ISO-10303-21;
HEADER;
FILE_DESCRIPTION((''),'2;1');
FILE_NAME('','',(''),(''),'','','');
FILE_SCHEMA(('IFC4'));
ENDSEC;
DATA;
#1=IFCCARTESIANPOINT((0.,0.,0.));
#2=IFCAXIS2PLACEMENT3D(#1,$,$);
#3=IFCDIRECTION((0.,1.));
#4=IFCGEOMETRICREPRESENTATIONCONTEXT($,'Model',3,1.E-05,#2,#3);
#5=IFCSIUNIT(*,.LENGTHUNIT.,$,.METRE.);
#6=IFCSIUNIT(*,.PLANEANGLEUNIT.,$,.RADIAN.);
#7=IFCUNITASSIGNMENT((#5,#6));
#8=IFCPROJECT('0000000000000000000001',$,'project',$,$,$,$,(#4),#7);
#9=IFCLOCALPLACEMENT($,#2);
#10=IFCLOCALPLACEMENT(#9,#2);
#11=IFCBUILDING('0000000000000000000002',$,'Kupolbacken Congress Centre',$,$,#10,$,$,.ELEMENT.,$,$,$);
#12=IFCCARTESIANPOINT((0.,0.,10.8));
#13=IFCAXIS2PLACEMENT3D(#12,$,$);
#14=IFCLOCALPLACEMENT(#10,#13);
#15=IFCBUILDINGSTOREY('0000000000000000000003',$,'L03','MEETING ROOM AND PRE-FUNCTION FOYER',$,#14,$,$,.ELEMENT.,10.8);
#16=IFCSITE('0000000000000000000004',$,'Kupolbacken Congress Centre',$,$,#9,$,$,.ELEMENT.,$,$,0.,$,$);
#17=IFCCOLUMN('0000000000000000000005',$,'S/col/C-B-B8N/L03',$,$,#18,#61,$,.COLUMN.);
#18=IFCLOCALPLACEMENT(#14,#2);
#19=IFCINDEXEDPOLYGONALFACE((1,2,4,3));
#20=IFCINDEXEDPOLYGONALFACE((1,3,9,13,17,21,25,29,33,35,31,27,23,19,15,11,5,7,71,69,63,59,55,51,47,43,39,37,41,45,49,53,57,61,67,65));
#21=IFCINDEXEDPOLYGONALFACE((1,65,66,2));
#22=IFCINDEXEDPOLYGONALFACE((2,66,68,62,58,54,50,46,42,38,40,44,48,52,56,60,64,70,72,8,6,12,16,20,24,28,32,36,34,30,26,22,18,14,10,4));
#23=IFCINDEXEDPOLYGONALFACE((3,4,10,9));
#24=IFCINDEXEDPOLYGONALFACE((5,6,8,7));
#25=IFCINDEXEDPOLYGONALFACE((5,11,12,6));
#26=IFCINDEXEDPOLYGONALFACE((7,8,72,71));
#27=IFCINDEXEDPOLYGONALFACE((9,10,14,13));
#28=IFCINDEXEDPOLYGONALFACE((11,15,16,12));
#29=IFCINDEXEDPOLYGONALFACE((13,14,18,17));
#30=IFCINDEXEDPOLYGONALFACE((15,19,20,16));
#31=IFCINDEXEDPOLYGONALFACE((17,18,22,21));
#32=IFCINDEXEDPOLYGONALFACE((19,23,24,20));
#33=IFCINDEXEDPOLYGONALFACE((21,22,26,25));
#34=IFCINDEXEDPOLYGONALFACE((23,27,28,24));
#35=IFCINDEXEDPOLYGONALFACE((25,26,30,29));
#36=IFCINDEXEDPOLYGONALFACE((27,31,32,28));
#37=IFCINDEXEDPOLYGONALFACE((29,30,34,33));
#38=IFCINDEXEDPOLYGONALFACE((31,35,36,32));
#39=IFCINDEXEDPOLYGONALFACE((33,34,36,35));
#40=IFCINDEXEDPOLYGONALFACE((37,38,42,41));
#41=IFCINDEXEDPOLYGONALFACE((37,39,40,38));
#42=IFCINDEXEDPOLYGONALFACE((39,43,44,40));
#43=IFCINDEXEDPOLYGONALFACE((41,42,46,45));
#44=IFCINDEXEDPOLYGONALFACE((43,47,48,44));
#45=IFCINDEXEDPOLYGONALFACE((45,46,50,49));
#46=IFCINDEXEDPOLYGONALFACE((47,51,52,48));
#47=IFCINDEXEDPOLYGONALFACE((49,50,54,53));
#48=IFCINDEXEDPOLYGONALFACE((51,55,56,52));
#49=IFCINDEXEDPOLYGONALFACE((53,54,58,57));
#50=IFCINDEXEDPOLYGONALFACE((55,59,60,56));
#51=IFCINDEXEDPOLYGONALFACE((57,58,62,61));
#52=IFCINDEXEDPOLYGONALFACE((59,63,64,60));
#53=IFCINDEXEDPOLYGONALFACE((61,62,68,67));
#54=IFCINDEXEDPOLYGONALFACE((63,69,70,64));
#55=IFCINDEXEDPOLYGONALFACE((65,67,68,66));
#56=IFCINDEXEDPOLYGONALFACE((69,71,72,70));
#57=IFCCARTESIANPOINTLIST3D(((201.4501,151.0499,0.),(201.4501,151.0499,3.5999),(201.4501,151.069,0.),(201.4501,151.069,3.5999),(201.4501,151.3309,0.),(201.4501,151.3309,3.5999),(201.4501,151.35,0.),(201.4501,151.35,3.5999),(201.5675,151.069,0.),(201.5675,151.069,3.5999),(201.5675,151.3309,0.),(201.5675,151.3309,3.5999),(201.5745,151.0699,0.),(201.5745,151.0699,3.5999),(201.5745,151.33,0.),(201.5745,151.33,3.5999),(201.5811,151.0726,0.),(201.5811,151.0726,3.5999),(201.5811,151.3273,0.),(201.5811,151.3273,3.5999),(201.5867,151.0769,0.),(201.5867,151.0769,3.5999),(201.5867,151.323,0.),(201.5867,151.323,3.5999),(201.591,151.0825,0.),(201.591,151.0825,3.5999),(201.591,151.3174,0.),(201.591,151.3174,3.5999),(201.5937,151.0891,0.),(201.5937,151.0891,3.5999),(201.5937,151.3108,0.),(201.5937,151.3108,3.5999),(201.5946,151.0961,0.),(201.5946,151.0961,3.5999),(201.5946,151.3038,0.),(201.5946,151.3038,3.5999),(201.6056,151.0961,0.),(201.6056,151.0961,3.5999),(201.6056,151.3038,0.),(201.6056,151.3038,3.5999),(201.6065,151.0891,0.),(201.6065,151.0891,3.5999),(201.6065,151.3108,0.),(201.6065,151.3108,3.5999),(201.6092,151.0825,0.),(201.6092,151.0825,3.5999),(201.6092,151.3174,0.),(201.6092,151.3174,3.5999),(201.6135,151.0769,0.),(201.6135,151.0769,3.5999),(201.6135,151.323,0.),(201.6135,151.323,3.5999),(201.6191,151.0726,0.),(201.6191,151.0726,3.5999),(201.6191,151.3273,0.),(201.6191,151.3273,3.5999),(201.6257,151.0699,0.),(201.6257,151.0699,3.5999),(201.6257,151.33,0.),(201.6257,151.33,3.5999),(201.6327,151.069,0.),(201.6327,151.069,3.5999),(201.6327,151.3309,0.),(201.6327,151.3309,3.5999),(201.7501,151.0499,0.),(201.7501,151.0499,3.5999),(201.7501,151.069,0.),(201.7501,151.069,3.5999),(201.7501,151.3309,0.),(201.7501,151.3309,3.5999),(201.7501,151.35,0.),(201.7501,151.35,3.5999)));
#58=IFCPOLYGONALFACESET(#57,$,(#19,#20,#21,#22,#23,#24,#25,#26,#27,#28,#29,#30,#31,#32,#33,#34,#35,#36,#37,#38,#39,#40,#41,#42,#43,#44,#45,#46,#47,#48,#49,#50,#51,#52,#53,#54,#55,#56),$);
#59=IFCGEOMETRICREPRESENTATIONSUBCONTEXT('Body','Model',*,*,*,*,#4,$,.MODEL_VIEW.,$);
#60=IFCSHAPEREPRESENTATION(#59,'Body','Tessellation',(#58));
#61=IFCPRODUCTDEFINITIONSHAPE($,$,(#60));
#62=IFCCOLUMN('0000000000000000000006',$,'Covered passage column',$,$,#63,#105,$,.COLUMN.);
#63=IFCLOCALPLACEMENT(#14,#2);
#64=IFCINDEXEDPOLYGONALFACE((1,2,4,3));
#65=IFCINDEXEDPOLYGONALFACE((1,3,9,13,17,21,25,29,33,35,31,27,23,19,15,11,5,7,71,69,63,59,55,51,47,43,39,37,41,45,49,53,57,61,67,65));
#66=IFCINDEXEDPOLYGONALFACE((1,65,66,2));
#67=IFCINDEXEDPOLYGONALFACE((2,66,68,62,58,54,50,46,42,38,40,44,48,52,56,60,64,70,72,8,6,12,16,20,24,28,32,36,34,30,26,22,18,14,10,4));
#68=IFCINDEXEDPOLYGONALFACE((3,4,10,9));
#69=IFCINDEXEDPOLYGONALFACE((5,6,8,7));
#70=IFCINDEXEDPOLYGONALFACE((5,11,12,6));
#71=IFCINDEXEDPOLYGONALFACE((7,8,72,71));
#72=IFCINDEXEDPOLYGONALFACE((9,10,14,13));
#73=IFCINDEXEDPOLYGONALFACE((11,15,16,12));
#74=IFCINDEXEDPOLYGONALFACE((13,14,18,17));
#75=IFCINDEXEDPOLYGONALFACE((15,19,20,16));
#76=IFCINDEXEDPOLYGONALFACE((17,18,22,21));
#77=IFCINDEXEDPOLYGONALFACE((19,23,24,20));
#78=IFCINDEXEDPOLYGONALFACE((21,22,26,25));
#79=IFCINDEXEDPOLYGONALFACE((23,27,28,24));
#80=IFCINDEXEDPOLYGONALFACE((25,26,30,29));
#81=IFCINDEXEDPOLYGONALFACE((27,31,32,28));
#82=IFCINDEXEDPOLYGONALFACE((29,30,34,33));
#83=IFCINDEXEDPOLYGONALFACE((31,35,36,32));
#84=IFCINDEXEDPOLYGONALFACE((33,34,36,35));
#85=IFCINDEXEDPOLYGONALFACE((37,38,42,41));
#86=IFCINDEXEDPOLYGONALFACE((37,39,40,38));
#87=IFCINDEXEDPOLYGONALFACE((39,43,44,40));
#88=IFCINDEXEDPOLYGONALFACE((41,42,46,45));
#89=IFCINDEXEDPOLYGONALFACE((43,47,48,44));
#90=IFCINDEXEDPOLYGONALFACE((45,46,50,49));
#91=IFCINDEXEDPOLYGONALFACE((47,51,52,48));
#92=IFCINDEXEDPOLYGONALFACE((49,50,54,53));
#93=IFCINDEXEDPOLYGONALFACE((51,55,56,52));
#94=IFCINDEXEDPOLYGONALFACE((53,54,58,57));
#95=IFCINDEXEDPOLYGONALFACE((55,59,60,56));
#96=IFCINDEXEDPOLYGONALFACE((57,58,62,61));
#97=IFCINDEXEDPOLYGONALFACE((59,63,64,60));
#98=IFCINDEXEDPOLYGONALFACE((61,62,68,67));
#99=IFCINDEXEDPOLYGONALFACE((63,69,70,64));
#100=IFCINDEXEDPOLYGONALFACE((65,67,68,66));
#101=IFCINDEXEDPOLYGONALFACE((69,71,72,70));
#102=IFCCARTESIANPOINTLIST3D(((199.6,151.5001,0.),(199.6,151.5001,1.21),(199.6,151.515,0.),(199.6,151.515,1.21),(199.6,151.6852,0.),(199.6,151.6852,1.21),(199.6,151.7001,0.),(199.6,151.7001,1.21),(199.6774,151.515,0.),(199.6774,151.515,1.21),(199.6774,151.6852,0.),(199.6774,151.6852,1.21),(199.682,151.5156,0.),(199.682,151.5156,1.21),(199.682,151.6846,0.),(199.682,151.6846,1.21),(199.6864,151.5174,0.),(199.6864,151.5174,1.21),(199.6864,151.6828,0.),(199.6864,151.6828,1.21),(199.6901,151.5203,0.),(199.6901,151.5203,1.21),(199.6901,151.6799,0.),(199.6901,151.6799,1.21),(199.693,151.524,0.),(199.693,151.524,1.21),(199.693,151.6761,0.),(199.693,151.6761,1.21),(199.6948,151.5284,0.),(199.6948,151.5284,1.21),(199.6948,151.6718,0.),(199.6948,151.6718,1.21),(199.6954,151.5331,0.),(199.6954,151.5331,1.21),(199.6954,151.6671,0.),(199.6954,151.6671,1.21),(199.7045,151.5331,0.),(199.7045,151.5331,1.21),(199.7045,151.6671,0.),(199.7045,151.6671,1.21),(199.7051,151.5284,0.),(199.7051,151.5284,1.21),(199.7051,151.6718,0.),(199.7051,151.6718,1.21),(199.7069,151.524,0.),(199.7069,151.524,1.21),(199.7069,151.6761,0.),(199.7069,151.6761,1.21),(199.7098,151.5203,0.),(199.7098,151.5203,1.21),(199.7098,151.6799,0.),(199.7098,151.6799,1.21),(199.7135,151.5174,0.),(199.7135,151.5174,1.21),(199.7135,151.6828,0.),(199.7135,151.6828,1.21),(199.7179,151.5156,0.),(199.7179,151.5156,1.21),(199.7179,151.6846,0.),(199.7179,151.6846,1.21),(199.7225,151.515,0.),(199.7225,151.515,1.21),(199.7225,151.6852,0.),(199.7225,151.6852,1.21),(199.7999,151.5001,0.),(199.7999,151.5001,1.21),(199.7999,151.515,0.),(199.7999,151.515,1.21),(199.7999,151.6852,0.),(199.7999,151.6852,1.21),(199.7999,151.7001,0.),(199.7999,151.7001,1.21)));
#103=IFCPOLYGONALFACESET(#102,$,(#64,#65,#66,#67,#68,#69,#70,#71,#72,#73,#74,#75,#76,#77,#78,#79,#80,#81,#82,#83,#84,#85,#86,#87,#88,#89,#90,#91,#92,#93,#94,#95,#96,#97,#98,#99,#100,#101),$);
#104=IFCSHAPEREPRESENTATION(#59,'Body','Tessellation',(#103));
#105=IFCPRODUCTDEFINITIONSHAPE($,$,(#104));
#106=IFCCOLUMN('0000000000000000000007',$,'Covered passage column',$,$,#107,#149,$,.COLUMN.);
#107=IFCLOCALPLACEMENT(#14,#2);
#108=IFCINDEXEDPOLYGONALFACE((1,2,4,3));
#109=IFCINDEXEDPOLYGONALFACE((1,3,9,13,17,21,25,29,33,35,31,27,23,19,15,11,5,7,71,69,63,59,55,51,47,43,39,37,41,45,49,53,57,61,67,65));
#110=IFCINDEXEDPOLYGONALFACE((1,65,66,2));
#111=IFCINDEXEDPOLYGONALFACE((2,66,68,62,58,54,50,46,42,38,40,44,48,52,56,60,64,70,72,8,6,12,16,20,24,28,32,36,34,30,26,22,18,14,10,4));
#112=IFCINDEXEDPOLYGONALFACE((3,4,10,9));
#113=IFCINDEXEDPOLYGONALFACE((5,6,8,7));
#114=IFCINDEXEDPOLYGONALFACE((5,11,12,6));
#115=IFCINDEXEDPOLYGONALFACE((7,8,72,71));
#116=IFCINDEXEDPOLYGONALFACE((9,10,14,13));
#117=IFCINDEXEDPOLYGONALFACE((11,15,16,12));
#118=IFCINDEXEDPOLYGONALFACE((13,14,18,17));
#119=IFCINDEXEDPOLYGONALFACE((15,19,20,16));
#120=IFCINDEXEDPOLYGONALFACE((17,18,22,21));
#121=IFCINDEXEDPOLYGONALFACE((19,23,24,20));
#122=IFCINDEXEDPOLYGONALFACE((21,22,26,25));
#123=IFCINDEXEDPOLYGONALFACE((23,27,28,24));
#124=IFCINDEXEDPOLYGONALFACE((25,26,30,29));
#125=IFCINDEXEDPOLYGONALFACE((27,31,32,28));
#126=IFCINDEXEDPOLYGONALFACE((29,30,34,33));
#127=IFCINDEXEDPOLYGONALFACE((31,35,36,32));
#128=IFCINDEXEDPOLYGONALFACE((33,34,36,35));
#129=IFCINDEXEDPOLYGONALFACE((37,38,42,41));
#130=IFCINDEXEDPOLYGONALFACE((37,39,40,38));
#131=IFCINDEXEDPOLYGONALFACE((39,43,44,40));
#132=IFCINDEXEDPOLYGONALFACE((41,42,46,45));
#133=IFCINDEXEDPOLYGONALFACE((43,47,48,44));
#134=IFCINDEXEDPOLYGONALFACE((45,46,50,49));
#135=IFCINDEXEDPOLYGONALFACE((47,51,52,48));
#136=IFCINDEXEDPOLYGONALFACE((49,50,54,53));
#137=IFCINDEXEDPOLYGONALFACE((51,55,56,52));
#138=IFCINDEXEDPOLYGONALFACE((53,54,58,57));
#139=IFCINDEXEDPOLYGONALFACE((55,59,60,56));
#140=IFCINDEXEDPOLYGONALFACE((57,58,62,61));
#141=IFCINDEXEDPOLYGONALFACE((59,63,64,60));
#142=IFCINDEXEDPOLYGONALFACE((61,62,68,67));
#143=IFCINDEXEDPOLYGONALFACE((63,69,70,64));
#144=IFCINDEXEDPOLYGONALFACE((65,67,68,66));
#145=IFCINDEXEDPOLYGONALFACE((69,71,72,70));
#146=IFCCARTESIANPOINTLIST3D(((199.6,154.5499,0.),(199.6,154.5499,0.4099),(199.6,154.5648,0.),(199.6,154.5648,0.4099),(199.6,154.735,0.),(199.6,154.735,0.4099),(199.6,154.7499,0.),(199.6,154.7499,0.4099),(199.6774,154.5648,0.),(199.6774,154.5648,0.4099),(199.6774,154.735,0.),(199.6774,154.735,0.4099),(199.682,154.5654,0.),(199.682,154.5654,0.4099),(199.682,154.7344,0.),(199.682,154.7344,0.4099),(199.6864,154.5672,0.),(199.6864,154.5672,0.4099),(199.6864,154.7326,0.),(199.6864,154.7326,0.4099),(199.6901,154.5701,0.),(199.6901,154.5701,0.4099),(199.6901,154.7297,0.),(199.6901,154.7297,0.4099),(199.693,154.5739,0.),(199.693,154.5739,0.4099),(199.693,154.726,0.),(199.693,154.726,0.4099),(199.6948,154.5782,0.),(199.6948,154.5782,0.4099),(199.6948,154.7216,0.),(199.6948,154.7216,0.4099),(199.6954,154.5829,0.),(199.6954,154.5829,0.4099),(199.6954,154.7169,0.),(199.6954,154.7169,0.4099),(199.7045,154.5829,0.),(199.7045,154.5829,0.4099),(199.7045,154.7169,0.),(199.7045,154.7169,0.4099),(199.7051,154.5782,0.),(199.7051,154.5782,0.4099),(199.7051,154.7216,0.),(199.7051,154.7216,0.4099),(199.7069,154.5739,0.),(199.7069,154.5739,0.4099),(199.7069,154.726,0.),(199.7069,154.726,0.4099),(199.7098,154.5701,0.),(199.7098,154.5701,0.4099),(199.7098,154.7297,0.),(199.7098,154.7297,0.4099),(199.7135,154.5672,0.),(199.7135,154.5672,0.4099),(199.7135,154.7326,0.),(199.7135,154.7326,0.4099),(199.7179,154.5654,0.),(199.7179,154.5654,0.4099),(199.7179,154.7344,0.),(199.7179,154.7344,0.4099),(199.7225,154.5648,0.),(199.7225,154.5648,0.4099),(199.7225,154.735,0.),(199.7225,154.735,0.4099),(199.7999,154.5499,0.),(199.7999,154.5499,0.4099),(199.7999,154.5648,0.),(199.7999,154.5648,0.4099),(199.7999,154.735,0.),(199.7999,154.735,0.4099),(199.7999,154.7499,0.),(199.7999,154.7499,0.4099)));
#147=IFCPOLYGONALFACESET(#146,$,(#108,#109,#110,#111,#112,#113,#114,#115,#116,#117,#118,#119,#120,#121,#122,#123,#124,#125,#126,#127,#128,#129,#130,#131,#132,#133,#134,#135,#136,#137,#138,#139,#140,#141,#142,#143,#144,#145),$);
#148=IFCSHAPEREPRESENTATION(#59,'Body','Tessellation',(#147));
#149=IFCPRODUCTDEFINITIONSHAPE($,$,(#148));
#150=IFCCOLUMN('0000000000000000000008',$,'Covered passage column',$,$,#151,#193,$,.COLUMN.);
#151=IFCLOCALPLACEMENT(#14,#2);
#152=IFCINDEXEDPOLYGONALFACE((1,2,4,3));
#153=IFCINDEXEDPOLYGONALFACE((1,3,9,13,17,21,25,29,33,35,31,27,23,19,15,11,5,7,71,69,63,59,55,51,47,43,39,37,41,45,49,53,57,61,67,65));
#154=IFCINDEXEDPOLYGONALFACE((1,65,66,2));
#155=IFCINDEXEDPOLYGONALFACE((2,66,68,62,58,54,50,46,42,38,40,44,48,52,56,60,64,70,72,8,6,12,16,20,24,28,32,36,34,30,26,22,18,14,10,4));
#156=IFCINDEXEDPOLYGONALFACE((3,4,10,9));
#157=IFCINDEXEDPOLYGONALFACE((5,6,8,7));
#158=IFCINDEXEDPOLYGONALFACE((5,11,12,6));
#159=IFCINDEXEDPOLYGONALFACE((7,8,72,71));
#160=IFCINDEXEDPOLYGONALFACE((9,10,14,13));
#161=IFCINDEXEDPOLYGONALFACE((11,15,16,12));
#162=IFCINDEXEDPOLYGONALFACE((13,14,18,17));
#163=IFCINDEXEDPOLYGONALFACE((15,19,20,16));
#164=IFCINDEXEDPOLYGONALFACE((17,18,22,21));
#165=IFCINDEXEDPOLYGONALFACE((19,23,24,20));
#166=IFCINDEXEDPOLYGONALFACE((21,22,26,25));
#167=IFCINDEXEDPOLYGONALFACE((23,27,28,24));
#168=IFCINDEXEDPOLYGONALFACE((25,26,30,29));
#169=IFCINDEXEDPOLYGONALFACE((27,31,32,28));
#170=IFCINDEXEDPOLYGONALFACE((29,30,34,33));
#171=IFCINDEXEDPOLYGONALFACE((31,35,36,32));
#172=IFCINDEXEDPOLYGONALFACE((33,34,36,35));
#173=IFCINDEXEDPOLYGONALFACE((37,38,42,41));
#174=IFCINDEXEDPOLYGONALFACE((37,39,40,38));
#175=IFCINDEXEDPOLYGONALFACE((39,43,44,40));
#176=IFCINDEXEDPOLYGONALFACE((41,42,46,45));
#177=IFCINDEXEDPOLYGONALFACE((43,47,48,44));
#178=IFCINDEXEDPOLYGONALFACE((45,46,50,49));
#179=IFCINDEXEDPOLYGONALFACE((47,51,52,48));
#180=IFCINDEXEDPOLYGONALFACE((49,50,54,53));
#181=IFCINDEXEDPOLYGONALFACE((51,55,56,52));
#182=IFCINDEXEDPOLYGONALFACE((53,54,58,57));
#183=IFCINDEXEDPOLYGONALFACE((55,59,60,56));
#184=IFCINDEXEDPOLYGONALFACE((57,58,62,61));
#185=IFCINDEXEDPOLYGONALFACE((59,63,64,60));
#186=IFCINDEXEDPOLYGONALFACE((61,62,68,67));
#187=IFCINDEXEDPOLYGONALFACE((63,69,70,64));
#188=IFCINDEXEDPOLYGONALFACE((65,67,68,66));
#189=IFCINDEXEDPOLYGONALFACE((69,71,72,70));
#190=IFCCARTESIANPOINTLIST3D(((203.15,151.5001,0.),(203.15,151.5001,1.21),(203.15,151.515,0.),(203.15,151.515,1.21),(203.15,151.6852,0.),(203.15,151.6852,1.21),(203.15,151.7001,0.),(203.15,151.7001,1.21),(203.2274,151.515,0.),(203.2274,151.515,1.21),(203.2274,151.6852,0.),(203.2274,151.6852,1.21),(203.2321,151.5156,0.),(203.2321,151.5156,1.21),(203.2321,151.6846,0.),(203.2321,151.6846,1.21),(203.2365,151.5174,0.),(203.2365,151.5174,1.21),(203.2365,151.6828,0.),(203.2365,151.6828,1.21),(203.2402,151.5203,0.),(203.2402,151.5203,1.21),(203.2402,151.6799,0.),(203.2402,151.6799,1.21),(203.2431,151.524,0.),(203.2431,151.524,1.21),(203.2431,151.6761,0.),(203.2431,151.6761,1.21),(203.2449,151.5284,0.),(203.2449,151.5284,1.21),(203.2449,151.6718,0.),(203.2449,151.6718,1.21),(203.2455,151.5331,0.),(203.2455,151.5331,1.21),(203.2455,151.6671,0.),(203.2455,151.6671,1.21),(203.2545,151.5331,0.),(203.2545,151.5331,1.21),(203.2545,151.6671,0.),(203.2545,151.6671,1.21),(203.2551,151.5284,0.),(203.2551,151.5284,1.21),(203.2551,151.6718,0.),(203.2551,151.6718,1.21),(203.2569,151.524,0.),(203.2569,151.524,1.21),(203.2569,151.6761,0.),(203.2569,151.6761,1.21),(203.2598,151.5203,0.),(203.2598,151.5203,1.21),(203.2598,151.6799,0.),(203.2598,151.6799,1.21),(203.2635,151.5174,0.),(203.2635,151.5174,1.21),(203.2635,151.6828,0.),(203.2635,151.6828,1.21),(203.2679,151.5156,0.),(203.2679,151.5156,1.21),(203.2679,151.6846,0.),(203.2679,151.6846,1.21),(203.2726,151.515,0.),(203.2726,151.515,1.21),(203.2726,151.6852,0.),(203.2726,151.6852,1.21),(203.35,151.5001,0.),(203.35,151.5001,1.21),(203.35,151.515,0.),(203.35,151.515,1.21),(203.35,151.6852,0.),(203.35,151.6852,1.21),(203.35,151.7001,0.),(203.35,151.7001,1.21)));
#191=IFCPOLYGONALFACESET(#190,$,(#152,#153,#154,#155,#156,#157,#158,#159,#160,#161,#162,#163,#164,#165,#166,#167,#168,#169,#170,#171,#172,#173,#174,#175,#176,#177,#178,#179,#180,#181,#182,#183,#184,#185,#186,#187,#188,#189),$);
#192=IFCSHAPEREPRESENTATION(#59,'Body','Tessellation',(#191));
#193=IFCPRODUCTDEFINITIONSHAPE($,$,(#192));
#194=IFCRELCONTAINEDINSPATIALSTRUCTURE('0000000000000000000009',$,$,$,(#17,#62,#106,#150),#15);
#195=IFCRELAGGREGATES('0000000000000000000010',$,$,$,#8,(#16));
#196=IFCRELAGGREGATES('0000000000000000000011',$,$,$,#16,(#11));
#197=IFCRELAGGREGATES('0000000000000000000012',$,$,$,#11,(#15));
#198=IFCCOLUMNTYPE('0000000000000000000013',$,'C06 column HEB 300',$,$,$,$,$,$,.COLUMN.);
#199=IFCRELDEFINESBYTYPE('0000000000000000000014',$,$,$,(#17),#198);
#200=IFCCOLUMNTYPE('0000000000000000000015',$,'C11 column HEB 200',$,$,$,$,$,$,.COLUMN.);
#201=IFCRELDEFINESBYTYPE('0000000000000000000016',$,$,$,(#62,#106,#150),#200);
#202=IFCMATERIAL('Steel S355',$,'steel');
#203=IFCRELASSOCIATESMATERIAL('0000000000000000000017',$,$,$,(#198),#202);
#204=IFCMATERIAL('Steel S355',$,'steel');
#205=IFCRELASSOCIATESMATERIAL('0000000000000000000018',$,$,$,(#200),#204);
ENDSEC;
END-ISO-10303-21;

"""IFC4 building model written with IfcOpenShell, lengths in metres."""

from ifc_helpers import new_model, si_unit, direction, frame, origin, origin_2d, place, context, subcontext, project, spatial, i_section, extrude, material, material_profile, profile_set, type_object, element, save


model = new_model("IFC4")

# Units and contexts
model_context = context("Model", 3, precision=1e-05, world=origin(), true_north=direction((0.0, 1.0)))
body_context = subcontext(model_context, "Body", "Model", "MODEL_VIEW")
ifc_project = project(units=[si_unit("LENGTHUNIT", "METRE"), si_unit("PLANEANGLEUNIT", "RADIAN")], contexts=[model_context])

# Site, building, storey
site_placement = place(None, origin())
site = spatial("IfcSite", under=ifc_project, at=site_placement, Name="Kupolbacken Congress Centre", CompositionType="ELEMENT", RefElevation=0.0)
building_placement = place(site_placement, origin())
building = spatial("IfcBuilding", under=site, at=building_placement, Name="Kupolbacken Congress Centre", CompositionType="ELEMENT")
storey_placement = place(building_placement, frame((0.0, 0.0, 10.8)))
storey = spatial("IfcBuildingStorey", under=building, at=storey_placement, Name="L03", Description="MEETING ROOM AND PRE-FUNCTION FOYER", CompositionType="ELEMENT", Elevation=10.8)

# Columns
ifc_material_1 = material(Name="Steel S355", Category="steel")
ifc_material_profile_1 = material_profile(ifc_material_1, i_section(OverallWidth=0.3, OverallDepth=0.3, WebThickness=0.011, FlangeThickness=0.019, FilletRadius=0.0271, at=origin_2d()), Name="HEB 300")
ifc_profile_set_1 = profile_set([ifc_material_profile_1], Name="Steel S355")
column_type_1 = type_object("IfcColumnType", Name="C06 column HEB 300", PredefinedType="COLUMN", material=ifc_profile_set_1)
column_1_placement = place(storey_placement, frame((201.6001, 151.2, 0.0), z_axis=(0.0, 0.0, 1.0), x_axis=(1.0, 0.0, 0.0)))
element("IfcColumn", 1, at=column_1_placement, inside=storey, type_object=column_type_1, Name="S/col/C-B-B8N/L03", PredefinedType="COLUMN", context=body_context, shape_type="SweptSolid", body=[
    extrude(i_section(OverallWidth=0.3, OverallDepth=0.3, WebThickness=0.011, FlangeThickness=0.019, FilletRadius=0.0271, at=origin_2d()), origin(), (0.0, 0.0, 1.0), 3.5999),
])
ifc_material_2 = material(Name="Steel S355", Category="steel")
ifc_material_profile_2 = material_profile(ifc_material_2, i_section(OverallWidth=0.2, OverallDepth=0.2, WebThickness=0.009, FlangeThickness=0.0149, FilletRadius=0.0181, at=origin_2d()), Name="HEB 200")
ifc_profile_set_2 = profile_set([ifc_material_profile_2], Name="Steel S355")
column_type_2 = type_object("IfcColumnType", Name="C11 column HEB 200", PredefinedType="COLUMN", material=ifc_profile_set_2)
column_2_placement = place(storey_placement, frame((199.7, 151.6001, 0.0), z_axis=(0.0, 0.0, 1.0), x_axis=(1.0, 0.0, 0.0)))
element("IfcColumn", 2, at=column_2_placement, inside=storey, type_object=column_type_2, Name="Covered passage column", PredefinedType="COLUMN", context=body_context, shape_type="SweptSolid", body=[
    extrude(i_section(OverallWidth=0.2, OverallDepth=0.2, WebThickness=0.009, FlangeThickness=0.0149, FilletRadius=0.0181, at=origin_2d()), origin(), (0.0, 0.0, 1.0), 1.21),
])
column_3_placement = place(storey_placement, frame((199.7, 154.6499, 0.0), z_axis=(0.0, 0.0, 1.0), x_axis=(1.0, 0.0, 0.0)))
element("IfcColumn", 3, at=column_3_placement, inside=storey, type_object=column_type_2, Name="Covered passage column", PredefinedType="COLUMN", context=body_context, shape_type="SweptSolid", body=[
    extrude(i_section(OverallWidth=0.2, OverallDepth=0.2, WebThickness=0.009, FlangeThickness=0.0149, FilletRadius=0.0181, at=origin_2d()), origin(), (0.0, 0.0, 1.0), 0.4099),
])
column_4_placement = place(storey_placement, frame((203.25, 151.6001, 0.0), z_axis=(0.0, 0.0, 1.0), x_axis=(1.0, 0.0, 0.0)))
element("IfcColumn", 4, at=column_4_placement, inside=storey, type_object=column_type_2, Name="Covered passage column", PredefinedType="COLUMN", context=body_context, shape_type="SweptSolid", body=[
    extrude(i_section(OverallWidth=0.2, OverallDepth=0.2, WebThickness=0.009, FlangeThickness=0.0149, FilletRadius=0.0181, at=origin_2d()), origin(), (0.0, 0.0, 1.0), 1.21),
])

save(model, "model.ifc")
